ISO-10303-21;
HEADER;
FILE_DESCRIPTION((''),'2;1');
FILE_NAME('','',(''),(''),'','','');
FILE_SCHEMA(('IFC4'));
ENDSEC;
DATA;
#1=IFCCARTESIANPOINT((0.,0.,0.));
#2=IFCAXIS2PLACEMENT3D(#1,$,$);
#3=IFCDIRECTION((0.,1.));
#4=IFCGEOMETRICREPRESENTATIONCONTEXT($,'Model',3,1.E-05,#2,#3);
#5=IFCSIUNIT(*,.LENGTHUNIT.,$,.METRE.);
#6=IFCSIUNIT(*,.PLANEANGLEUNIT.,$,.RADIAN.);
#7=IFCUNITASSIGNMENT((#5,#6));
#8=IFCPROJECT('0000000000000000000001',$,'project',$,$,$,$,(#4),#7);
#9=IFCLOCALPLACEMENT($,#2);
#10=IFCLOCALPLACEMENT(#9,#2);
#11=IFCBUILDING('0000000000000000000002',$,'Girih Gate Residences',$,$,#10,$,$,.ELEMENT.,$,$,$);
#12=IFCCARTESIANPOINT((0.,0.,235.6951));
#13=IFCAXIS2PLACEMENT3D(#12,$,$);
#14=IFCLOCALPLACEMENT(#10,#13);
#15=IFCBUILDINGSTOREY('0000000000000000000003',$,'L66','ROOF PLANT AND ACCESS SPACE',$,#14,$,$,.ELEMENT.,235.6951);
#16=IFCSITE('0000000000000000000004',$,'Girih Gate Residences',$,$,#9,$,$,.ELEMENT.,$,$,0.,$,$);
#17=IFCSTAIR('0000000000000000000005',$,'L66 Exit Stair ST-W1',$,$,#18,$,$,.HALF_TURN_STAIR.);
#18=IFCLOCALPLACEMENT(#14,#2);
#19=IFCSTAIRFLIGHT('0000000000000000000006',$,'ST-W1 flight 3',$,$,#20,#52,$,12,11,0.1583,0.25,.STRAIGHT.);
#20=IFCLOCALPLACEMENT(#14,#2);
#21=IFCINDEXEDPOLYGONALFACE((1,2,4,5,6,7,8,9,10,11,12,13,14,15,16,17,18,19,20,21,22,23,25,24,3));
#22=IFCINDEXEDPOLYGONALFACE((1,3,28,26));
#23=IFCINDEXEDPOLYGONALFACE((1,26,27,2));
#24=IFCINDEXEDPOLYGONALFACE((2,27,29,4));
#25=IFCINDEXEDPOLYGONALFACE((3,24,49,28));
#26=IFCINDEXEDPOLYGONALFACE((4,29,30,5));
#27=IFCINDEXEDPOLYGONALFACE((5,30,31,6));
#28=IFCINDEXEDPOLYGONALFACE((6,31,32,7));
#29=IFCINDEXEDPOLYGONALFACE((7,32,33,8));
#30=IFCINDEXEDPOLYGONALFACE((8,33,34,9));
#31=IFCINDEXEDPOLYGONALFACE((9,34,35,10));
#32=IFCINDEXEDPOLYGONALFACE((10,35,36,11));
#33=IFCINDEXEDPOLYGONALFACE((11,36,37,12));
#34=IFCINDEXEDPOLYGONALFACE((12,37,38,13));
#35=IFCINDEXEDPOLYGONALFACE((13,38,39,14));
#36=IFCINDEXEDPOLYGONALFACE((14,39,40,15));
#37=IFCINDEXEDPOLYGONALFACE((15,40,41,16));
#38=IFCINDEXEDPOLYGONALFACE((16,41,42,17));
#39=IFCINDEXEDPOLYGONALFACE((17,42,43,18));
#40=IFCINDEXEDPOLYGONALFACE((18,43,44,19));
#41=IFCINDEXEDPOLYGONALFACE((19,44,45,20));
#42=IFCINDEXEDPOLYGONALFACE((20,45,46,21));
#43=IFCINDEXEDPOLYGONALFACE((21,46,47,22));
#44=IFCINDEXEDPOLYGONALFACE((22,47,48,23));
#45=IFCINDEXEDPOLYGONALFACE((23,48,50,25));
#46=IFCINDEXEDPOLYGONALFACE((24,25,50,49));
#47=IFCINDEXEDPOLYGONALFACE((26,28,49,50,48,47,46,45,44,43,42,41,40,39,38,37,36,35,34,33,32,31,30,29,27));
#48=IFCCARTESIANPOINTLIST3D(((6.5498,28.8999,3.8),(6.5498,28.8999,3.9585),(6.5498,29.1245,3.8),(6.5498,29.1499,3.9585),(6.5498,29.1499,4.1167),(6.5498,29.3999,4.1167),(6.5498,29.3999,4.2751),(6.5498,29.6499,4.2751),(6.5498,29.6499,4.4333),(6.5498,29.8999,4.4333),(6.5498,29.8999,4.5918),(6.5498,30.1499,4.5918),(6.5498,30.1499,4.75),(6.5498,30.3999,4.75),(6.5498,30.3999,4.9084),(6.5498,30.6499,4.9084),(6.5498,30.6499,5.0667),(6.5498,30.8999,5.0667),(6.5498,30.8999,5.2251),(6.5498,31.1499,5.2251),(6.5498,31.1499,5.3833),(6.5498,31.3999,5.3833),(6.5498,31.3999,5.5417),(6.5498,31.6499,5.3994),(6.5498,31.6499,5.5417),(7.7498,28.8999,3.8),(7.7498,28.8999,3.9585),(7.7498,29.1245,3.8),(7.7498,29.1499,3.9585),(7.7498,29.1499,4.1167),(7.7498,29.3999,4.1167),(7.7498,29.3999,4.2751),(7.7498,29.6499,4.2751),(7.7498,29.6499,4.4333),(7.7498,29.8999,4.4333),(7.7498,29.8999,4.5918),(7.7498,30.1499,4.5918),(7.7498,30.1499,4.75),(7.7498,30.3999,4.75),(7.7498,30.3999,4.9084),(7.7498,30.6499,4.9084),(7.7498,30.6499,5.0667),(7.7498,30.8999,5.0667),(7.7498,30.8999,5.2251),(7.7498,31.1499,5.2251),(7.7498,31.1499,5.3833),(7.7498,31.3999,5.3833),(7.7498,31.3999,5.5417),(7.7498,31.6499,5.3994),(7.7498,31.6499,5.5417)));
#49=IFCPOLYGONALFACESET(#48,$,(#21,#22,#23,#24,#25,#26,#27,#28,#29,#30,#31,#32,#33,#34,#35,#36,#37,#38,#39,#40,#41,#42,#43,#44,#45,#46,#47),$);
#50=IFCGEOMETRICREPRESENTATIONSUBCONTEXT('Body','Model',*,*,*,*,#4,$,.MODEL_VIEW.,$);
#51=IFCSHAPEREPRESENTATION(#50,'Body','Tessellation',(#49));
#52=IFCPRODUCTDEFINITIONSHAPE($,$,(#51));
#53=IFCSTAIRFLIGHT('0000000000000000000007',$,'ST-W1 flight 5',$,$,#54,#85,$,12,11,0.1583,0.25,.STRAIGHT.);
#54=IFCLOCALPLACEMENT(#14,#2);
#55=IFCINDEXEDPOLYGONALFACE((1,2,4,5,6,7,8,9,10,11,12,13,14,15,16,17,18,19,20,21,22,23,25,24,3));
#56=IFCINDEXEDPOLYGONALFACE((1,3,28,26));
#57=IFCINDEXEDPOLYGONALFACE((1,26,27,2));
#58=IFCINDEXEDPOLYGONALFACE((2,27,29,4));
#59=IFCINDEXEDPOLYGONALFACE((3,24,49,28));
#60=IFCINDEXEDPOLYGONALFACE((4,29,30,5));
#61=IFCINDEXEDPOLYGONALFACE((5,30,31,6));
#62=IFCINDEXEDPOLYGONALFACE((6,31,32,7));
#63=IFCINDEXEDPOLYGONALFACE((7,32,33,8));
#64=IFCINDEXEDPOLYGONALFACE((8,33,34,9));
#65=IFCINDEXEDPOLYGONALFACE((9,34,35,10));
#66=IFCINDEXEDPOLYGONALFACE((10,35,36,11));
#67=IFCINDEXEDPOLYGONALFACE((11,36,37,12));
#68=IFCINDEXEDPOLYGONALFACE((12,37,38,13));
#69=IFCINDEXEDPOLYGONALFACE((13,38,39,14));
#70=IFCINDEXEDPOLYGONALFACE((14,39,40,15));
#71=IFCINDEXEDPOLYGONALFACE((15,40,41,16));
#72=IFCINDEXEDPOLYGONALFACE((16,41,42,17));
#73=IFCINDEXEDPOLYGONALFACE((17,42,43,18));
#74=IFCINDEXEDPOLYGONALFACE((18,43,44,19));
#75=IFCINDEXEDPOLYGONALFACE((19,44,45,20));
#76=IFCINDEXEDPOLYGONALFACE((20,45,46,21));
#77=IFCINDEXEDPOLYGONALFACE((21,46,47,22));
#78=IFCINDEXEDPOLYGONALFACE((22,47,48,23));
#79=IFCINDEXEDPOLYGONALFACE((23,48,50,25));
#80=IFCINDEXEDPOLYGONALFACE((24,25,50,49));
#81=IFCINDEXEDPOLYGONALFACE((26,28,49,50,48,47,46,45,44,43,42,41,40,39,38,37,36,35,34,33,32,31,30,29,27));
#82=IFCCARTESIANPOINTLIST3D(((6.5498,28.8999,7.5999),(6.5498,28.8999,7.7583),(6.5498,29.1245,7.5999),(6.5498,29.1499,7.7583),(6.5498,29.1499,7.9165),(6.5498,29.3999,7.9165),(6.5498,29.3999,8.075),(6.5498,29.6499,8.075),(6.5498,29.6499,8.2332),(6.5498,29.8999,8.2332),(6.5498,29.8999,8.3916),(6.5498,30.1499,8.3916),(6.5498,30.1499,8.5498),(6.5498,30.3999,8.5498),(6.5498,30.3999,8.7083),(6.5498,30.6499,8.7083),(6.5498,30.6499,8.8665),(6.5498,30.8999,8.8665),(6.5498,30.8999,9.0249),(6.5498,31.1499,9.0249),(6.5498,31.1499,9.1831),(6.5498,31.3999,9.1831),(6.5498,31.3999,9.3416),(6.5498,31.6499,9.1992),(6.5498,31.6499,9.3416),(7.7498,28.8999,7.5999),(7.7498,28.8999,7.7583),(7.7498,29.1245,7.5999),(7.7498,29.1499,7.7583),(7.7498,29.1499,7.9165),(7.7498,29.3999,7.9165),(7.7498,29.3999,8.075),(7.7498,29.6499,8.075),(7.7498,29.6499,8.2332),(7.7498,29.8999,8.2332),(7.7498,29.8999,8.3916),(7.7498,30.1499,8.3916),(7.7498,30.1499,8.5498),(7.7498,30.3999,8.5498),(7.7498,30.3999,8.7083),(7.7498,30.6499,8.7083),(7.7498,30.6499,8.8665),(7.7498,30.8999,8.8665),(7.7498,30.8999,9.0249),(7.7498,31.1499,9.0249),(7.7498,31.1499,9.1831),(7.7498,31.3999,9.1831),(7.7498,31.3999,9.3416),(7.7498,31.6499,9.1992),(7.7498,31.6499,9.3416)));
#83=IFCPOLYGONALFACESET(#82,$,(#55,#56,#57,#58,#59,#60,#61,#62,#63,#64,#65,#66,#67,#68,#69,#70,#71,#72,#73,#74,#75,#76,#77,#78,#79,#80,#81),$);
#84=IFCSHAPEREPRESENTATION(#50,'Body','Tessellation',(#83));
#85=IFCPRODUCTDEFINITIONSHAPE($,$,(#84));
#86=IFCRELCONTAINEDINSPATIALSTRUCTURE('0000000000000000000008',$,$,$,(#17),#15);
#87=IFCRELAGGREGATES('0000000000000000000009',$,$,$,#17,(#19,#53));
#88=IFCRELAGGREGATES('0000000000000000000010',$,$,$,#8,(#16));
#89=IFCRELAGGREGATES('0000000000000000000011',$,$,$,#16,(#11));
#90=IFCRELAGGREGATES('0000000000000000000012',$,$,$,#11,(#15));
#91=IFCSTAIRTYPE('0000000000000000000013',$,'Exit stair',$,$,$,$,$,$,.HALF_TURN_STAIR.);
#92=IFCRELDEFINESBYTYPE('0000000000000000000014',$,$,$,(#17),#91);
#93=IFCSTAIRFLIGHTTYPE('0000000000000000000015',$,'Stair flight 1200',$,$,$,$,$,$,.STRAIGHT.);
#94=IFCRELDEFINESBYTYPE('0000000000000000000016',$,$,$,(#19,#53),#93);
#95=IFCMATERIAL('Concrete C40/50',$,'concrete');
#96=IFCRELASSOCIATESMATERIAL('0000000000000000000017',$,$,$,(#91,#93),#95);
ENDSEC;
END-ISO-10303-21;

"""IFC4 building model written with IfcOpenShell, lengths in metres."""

from ifc_helpers import new_model, si_unit, direction, frame, origin, place, context, subcontext, project, spatial, polyline, outline, extrude, material, type_object, element, aggregate, save


model = new_model("IFC4")

# Units and contexts
model_context = context("Model", 3, precision=1e-05, world=origin(), true_north=direction((0.0, 1.0)))
body_context = subcontext(model_context, "Body", "Model", "MODEL_VIEW")
ifc_project = project(units=[si_unit("LENGTHUNIT", "METRE"), si_unit("PLANEANGLEUNIT", "RADIAN")], contexts=[model_context])

# Site, building, storey
site_placement = place(None, origin())
site = spatial("IfcSite", under=ifc_project, at=site_placement, Name="Girih Gate Residences", CompositionType="ELEMENT", RefElevation=0.0)
building_placement = place(site_placement, origin())
building = spatial("IfcBuilding", under=site, at=building_placement, Name="Girih Gate Residences", CompositionType="ELEMENT")
storey_placement = place(building_placement, frame((0.0, 0.0, 235.6951)))
storey = spatial("IfcBuildingStorey", under=building, at=storey_placement, Name="L66", Description="ROOF PLANT AND ACCESS SPACE", CompositionType="ELEMENT", Elevation=235.6951)

# Stair, stair flights
ifc_material_1 = material(Name="Concrete C40/50", Category="concrete")
stair_type = type_object("IfcStairType", Name="Exit stair", PredefinedType="HALF_TURN_STAIR", material=ifc_material_1)
stair_placement = place(storey_placement, origin())
stair = element("IfcStair", 1, at=stair_placement, inside=storey, type_object=stair_type, Name="L66 Exit Stair ST-W1", PredefinedType="HALF_TURN_STAIR")
stair_flight_type = type_object("IfcStairFlightType", Name="Stair flight 1200", PredefinedType="STRAIGHT", material=ifc_material_1)
stair_flight_1_placement = place(storey_placement, frame((7.1499, 28.8999, 3.8), z_axis=(0.0, 0.0, 1.0), x_axis=(0.0, 1.0, 0.0)))
stair_flight_1 = element("IfcStairFlight", 2, at=stair_flight_1_placement, type_object=stair_flight_type, Name="ST-W1 flight 3", NumberOfRisers=12, NumberOfTreads=11, PredefinedType="STRAIGHT", RiserHeight=0.1583, TreadLength=0.25, context=body_context, shape_type="SweptSolid", body=[
    extrude(outline(polyline([(0.0, 0.0), (0.0, 0.1584), (0.25, 0.1584), (0.25, 0.3167), (0.5, 0.3167), (0.5, 0.4751), (0.75, 0.4751), (0.75, 0.6333), (1.0, 0.6333), (1.0, 0.7917), (1.25, 0.7917), (1.25, 0.95), (1.5, 0.95), (1.5, 1.1084), (1.75, 1.1084), (1.75, 1.2666), (2.0, 1.2666), (2.0, 1.425), (2.25, 1.425), (2.25, 1.5833), (2.5, 1.5833), (2.5, 1.7417), (2.75, 1.7417), (2.75, 1.8999), (2.75, 1.5994), (0.2246, 0.0), (0.0, 0.0)])), frame((0.0, 0.6001, 0.0), z_axis=(0.0, -1.0, 0.0), x_axis=(1.0, 0.0, 0.0)), (0.0, 0.0, 1.0), 1.2),
])
stair_flight_2_placement = place(storey_placement, frame((7.1499, 28.8999, 7.5999), z_axis=(0.0, 0.0, 1.0), x_axis=(0.0, 1.0, 0.0)))
stair_flight_2 = element("IfcStairFlight", 3, at=stair_flight_2_placement, type_object=stair_flight_type, Name="ST-W1 flight 5", NumberOfRisers=12, NumberOfTreads=11, PredefinedType="STRAIGHT", RiserHeight=0.1583, TreadLength=0.25, context=body_context, shape_type="SweptSolid", body=[
    extrude(outline(polyline([(0.0, 0.0), (0.0, 0.1584), (0.25, 0.1584), (0.25, 0.3167), (0.5, 0.3167), (0.5, 0.4751), (0.75, 0.4751), (0.75, 0.6333), (1.0, 0.6333), (1.0, 0.7917), (1.25, 0.7917), (1.25, 0.95), (1.5, 0.95), (1.5, 1.1084), (1.75, 1.1084), (1.75, 1.2666), (2.0, 1.2666), (2.0, 1.425), (2.25, 1.425), (2.25, 1.5833), (2.5, 1.5833), (2.5, 1.7417), (2.75, 1.7417), (2.75, 1.8999), (2.75, 1.5994), (0.2246, 0.0), (0.0, 0.0)])), frame((0.0, 0.6001, 0.0), z_axis=(0.0, -1.0, 0.0), x_axis=(1.0, 0.0, 0.0)), (0.0, 0.0, 1.0), 1.2),
])
aggregate(stair, [stair_flight_1, stair_flight_2])

save(model, "model.ifc")
